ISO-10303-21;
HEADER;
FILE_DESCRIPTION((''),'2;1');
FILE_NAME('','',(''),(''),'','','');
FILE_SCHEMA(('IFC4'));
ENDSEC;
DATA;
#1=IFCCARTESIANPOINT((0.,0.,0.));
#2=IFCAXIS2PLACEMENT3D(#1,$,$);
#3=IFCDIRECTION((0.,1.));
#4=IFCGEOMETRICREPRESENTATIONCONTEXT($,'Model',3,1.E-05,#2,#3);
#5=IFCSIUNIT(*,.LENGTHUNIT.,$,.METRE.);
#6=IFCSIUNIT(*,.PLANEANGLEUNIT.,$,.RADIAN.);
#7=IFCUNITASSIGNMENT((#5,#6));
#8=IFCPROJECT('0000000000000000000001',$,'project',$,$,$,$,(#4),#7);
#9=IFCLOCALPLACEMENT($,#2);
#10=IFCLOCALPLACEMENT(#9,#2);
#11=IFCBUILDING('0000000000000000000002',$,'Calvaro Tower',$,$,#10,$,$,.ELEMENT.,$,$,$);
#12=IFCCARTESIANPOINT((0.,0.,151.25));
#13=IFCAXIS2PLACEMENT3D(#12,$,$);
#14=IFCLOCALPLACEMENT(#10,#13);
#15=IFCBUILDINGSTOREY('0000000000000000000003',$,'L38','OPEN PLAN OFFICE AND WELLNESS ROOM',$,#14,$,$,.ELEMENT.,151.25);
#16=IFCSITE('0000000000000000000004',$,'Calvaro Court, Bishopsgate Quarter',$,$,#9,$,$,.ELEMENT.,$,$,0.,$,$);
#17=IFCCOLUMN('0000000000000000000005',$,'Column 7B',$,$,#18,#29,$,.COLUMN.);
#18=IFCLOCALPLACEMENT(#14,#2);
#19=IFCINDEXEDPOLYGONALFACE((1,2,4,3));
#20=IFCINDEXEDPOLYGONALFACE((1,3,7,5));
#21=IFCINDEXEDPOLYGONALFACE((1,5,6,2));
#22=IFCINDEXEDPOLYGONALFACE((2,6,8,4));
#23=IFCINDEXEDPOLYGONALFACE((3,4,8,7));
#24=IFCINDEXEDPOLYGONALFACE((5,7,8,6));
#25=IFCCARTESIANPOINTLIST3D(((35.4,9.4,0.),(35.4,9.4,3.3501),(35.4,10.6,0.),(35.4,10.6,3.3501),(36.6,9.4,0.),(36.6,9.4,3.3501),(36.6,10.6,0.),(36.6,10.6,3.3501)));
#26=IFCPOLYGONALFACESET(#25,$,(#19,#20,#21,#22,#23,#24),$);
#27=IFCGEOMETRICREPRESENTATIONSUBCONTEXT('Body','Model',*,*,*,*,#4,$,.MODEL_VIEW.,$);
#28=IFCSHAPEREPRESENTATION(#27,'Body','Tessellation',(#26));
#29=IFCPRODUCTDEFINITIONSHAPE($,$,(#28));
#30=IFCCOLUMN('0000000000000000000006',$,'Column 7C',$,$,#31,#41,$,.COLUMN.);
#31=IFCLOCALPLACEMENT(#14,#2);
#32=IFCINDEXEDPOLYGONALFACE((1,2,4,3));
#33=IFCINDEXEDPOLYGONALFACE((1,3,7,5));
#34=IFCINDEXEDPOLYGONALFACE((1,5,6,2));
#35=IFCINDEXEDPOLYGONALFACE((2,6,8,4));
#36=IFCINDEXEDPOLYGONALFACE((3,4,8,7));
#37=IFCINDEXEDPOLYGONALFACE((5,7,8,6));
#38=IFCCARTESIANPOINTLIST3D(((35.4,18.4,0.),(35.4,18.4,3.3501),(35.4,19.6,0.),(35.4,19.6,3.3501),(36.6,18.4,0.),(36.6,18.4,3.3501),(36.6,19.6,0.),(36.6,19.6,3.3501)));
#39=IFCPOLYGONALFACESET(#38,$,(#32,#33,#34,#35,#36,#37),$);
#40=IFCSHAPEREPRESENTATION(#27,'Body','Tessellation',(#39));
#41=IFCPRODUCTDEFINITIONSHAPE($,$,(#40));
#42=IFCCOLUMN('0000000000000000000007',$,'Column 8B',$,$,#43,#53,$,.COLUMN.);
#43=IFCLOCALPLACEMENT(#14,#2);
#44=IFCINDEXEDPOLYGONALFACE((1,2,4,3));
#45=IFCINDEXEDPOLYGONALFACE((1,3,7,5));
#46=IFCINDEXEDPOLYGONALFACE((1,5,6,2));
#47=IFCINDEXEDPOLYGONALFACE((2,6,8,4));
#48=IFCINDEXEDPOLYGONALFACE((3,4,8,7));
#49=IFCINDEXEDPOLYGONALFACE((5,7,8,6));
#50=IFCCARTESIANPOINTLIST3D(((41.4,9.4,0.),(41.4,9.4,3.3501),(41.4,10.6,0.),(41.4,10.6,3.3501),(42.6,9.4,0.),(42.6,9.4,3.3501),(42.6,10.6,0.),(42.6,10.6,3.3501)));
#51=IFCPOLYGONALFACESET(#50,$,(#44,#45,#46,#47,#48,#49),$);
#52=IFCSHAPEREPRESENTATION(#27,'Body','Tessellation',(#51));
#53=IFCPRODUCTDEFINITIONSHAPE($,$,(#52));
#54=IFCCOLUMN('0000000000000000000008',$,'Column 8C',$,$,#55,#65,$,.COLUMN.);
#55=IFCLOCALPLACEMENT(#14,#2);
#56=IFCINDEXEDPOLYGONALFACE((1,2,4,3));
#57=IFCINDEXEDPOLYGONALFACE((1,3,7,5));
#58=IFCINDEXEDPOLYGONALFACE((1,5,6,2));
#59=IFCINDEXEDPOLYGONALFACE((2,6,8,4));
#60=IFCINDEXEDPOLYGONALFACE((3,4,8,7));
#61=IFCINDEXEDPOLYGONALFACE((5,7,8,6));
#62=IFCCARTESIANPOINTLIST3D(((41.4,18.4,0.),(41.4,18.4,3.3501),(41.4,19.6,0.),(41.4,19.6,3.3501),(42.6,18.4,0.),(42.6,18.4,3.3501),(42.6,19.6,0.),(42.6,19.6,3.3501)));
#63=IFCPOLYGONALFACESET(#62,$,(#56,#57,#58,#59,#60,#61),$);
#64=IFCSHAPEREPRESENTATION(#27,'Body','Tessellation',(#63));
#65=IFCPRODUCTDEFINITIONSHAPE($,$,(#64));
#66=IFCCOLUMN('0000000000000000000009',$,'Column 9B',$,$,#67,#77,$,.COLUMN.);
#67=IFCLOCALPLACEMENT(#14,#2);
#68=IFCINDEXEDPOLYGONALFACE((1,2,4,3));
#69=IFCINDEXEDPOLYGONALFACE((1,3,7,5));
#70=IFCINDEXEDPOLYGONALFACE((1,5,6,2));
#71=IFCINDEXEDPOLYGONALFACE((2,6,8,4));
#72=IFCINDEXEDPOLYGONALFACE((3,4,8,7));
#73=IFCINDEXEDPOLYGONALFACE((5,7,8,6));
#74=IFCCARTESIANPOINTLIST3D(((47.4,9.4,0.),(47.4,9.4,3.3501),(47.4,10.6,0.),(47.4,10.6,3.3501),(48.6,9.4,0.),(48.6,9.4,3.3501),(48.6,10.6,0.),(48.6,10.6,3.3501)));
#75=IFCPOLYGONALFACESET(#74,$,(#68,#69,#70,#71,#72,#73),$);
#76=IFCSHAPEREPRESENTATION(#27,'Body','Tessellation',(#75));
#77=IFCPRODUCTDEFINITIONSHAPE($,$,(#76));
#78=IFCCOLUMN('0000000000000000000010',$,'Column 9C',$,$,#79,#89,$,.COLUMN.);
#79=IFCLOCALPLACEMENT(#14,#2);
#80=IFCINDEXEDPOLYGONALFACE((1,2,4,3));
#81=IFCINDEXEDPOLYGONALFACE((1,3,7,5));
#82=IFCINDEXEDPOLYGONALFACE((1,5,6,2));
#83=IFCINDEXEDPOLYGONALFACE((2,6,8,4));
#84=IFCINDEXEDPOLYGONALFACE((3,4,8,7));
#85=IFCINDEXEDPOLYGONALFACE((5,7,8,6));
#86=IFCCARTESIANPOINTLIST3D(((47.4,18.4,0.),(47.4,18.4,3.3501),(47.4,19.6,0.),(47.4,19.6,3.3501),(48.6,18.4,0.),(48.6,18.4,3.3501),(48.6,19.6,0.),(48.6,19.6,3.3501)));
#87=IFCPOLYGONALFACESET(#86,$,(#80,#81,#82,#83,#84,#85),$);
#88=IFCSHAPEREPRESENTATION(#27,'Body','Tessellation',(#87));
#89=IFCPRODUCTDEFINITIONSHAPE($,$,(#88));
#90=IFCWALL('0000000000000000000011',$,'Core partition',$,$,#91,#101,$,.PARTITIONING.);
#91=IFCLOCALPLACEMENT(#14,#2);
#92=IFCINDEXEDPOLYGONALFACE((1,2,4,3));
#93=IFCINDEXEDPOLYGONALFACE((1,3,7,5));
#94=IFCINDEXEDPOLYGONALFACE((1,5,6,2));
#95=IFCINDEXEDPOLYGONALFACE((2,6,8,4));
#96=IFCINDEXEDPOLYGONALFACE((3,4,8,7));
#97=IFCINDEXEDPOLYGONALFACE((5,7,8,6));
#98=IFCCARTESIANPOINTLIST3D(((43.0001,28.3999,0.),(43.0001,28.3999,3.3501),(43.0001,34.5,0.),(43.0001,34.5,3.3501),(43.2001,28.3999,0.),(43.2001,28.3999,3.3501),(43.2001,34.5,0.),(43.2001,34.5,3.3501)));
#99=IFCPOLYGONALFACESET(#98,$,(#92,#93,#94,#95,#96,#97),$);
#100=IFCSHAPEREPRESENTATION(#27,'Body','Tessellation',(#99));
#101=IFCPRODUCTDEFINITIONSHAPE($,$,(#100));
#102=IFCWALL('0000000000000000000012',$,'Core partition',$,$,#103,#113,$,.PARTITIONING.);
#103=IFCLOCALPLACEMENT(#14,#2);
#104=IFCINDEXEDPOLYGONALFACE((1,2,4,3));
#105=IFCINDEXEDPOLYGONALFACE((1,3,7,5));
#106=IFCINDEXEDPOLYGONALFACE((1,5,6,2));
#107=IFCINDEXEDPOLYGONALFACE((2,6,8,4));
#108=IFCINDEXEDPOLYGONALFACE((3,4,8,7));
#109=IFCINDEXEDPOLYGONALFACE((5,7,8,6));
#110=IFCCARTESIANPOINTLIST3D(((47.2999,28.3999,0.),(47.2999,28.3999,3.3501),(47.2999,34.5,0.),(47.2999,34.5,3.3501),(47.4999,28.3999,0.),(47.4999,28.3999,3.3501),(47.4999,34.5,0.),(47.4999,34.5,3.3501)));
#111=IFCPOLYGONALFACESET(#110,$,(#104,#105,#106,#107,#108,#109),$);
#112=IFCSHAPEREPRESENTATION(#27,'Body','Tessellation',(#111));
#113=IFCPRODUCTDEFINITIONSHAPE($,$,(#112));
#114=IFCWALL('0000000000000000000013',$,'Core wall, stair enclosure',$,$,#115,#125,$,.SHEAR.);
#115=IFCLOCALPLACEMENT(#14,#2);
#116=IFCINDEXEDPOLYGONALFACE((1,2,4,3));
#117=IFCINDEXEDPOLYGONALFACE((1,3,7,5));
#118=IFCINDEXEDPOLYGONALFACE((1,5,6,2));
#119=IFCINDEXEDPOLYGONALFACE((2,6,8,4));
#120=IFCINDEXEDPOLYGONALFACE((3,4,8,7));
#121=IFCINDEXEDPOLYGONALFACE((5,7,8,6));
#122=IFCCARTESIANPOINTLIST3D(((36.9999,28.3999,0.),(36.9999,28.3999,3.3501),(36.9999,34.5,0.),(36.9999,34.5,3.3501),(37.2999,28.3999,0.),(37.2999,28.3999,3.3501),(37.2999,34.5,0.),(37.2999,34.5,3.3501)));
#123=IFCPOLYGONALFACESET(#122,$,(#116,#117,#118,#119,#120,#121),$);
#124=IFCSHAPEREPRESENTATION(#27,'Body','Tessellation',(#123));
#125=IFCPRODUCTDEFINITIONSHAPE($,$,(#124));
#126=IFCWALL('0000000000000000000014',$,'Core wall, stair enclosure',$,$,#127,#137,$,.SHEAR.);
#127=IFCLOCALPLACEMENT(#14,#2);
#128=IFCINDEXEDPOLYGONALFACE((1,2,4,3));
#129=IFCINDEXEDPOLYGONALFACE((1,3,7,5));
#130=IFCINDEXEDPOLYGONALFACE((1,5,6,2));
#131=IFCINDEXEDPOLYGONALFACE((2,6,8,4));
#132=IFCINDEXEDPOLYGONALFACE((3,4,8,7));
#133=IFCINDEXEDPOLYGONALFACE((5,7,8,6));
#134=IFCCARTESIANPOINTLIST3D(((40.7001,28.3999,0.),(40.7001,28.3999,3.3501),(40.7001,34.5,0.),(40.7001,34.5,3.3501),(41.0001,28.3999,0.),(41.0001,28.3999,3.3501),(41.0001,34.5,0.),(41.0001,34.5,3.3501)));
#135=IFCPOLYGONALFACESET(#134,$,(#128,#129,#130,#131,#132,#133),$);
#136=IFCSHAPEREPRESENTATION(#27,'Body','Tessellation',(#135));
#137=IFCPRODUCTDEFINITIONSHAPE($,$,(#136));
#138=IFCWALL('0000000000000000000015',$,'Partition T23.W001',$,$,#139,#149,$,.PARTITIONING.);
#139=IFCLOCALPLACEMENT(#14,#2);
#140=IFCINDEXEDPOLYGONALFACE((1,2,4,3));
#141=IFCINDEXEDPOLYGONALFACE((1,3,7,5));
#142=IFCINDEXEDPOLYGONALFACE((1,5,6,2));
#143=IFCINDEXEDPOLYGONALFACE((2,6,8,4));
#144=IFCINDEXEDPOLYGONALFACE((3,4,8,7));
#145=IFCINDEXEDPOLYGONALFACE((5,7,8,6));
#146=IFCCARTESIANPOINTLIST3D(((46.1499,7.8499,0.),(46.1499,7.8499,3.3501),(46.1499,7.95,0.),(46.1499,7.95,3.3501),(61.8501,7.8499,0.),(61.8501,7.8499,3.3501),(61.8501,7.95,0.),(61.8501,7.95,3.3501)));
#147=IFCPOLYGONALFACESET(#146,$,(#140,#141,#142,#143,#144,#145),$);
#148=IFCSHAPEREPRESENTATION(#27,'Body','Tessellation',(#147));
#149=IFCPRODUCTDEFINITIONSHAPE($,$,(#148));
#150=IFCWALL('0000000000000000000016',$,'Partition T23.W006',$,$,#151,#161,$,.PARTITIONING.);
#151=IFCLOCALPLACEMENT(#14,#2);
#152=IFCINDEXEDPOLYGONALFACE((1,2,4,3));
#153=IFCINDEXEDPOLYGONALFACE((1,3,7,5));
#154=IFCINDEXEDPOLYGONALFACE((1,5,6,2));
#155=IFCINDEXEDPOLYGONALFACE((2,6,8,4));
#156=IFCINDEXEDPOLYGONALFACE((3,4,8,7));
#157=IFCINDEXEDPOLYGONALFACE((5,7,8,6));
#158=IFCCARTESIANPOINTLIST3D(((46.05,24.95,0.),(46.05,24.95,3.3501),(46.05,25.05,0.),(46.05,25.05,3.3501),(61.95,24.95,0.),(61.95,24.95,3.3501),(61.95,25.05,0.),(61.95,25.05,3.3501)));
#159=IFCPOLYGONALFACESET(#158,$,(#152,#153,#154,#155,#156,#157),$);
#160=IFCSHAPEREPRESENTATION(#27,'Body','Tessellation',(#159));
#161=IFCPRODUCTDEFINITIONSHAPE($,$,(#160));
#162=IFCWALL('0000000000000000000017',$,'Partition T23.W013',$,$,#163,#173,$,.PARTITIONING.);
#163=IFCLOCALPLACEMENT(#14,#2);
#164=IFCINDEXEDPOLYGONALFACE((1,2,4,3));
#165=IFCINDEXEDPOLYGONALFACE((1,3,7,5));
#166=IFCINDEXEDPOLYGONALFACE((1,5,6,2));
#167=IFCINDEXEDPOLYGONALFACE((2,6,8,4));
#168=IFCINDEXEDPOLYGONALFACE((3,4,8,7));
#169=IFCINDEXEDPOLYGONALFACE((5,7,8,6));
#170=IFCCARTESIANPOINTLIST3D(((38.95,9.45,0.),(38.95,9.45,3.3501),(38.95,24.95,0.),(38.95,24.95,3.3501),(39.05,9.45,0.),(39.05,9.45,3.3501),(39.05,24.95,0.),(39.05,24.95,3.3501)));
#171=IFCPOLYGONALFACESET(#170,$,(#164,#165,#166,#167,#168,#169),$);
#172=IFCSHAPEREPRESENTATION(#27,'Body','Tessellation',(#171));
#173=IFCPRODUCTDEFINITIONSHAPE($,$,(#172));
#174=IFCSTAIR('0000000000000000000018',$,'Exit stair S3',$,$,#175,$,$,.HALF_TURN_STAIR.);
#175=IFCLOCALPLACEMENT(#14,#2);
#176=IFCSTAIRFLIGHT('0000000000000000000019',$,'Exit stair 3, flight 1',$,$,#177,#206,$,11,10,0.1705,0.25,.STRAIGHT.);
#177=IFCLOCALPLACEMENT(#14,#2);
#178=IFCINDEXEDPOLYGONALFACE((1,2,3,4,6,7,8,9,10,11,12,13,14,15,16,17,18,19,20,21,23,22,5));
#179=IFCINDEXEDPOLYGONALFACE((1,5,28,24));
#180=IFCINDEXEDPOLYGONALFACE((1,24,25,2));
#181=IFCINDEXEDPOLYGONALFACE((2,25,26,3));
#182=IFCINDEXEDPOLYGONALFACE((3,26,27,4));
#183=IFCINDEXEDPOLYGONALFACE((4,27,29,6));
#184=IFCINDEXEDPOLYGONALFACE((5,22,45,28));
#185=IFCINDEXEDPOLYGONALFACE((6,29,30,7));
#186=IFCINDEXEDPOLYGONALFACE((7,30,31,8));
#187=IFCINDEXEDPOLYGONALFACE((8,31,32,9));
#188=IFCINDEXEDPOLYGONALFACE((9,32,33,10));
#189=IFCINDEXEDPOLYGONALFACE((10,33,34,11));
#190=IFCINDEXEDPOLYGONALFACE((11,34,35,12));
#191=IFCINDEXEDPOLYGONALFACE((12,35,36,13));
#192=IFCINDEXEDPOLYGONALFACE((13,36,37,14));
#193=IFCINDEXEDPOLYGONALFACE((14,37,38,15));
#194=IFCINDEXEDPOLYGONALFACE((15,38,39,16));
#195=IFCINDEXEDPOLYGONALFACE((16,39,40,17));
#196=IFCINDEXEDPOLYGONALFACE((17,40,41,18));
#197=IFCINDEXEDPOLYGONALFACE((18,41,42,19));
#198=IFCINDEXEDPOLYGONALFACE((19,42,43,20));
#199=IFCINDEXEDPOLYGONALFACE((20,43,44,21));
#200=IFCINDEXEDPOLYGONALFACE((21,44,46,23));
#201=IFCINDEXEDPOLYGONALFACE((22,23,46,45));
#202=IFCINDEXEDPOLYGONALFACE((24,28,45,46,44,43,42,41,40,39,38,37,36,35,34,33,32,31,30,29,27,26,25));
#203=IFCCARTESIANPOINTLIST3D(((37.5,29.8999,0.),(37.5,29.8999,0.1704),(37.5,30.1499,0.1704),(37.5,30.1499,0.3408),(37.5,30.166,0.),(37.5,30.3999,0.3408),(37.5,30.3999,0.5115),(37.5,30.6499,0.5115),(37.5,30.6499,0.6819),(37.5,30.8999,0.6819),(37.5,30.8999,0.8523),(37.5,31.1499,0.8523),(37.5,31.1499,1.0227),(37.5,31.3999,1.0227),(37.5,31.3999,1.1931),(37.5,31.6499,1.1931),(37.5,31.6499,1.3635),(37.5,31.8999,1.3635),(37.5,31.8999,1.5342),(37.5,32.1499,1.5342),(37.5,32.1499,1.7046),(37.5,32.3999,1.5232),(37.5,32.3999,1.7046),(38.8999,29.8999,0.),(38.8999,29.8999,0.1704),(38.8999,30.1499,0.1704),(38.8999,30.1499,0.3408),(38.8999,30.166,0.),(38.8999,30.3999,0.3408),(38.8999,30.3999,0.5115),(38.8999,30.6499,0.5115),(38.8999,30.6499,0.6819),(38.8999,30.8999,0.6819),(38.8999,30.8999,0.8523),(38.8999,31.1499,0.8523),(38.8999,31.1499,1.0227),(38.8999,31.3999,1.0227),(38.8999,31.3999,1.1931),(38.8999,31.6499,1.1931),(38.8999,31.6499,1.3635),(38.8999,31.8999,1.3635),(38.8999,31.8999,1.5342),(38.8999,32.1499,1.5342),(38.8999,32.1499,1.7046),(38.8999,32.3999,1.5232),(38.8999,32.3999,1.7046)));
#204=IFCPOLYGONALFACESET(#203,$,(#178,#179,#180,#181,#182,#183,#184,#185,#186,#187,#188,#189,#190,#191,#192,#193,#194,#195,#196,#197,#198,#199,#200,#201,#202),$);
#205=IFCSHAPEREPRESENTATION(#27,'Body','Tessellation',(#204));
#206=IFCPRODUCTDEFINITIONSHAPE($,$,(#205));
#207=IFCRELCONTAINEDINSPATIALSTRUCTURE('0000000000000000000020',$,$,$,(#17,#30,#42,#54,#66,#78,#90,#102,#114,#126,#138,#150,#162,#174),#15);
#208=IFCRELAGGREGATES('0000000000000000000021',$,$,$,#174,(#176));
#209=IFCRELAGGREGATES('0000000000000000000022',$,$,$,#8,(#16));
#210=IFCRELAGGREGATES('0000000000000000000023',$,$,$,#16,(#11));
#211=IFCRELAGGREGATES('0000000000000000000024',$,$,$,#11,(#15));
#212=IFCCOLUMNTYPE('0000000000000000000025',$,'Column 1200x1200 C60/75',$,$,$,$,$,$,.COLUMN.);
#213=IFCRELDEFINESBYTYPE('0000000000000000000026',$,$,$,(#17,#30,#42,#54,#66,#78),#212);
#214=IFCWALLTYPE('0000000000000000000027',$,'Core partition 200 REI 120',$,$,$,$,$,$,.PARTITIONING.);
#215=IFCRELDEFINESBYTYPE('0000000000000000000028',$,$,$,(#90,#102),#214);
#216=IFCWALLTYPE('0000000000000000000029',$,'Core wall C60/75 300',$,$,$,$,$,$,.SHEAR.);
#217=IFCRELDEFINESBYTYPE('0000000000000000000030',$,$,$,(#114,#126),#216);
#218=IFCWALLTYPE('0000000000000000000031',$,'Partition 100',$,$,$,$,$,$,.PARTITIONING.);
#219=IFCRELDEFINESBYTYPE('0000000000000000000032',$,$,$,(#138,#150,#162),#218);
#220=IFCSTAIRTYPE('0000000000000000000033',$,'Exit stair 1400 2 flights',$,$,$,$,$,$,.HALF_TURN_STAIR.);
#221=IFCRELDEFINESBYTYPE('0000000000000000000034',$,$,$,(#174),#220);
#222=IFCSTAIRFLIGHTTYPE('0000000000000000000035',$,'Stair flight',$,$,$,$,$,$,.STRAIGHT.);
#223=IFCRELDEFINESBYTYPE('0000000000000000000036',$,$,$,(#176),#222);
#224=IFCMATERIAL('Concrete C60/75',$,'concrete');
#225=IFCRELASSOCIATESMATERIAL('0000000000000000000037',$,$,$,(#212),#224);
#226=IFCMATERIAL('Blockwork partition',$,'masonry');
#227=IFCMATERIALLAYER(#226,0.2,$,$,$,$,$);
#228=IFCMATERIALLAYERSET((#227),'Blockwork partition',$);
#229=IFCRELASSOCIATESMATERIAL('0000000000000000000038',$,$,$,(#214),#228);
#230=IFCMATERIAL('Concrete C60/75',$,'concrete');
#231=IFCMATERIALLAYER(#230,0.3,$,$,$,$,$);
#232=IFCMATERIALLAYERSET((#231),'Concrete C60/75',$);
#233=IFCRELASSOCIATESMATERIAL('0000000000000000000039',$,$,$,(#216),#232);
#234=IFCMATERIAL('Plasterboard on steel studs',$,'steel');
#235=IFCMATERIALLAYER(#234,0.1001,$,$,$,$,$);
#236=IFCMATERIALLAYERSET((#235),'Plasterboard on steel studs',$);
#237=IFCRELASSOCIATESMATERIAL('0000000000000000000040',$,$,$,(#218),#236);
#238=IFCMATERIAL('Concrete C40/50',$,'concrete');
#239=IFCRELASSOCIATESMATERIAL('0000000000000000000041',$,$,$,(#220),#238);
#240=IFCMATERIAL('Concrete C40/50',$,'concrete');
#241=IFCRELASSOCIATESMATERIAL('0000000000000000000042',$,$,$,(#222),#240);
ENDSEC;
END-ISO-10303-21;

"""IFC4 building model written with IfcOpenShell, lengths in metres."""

from ifc_helpers import new_model, si_unit, direction, frame, frame_2d, origin, origin_2d, place, context, subcontext, project, spatial, polyline, rectangle, outline, extrude, material, layer, layer_set, material_profile, profile_set, type_object, element, aggregate, save


model = new_model("IFC4")

# Units and contexts
model_context = context("Model", 3, precision=1e-05, world=origin(), true_north=direction((0.0, 1.0)))
body_context = subcontext(model_context, "Body", "Model", "MODEL_VIEW")
ifc_project = project(units=[si_unit("LENGTHUNIT", "METRE"), si_unit("PLANEANGLEUNIT", "RADIAN")], contexts=[model_context])

# Site, building, storey
site_placement = place(None, origin())
site = spatial("IfcSite", under=ifc_project, at=site_placement, Name="Calvaro Court, Bishopsgate Quarter", CompositionType="ELEMENT", RefElevation=0.0)
building_placement = place(site_placement, origin())
building = spatial("IfcBuilding", under=site, at=building_placement, Name="Calvaro Tower", CompositionType="ELEMENT")
storey_placement = place(building_placement, frame((0.0, 0.0, 151.25)))
storey = spatial("IfcBuildingStorey", under=building, at=storey_placement, Name="L38", Description="OPEN PLAN OFFICE AND WELLNESS ROOM", CompositionType="ELEMENT", Elevation=151.25)

# Columns
ifc_material_1 = material(Name="Concrete C60/75", Category="concrete")
ifc_material_profile = material_profile(ifc_material_1, rectangle(XDim=1.2, YDim=1.2, at=origin_2d()), Name="RC 1200x1200")
ifc_profile_set = profile_set([ifc_material_profile], Name="Concrete C60/75")
column_type = type_object("IfcColumnType", Name="Column 1200x1200 C60/75", PredefinedType="COLUMN", material=ifc_profile_set)
for number, where, z_axis, x_axis, name in (
    (1, (36.0, 10.0, 0.0), (0.0, 0.0, 1.0), (1.0, 0.0, 0.0), "Column 7B"),
    (2, (36.0, 19.0, 0.0), (0.0, 0.0, 1.0), (1.0, 0.0, 0.0), "Column 7C"),
    (3, (42.0, 10.0, 0.0), (0.0, 0.0, 1.0), (1.0, 0.0, 0.0), "Column 8B"),
    (4, (42.0, 19.0, 0.0), (0.0, 0.0, 1.0), (1.0, 0.0, 0.0), "Column 8C"),
    (5, (48.0, 10.0, 0.0), (0.0, 0.0, 1.0), (1.0, 0.0, 0.0), "Column 9B"),
    (6, (48.0, 19.0, 0.0), (0.0, 0.0, 1.0), (1.0, 0.0, 0.0), "Column 9C"),
):
    element("IfcColumn", number, at=place(storey_placement, frame(where, z_axis=z_axis, x_axis=x_axis)), inside=storey, type_object=column_type, Name=name, PredefinedType="COLUMN", context=body_context, shape_type="SweptSolid", body=[
        extrude(rectangle(XDim=1.2, YDim=1.2, at=origin_2d()), origin(), (0.0, 0.0, 1.0), 3.3501),
    ])

# Walls
ifc_material_2 = material(Name="Blockwork partition", Category="masonry")
ifc_layer_1 = layer(ifc_material_2, 0.2)
ifc_layer_set_1 = layer_set([ifc_layer_1], Name="Blockwork partition")
wall_type_1 = type_object("IfcWallType", Name="Core partition 200 REI 120", PredefinedType="PARTITIONING", material=ifc_layer_set_1)
for number, where, z_axis, x_axis, name in (
    (7, (43.1001, 28.3999, 0.0), (0.0, 0.0, 1.0), (0.0, 1.0, 0.0), "Core partition"),
    (8, (47.3999, 28.3999, 0.0), (0.0, 0.0, 1.0), (0.0, 1.0, 0.0), "Core partition"),
):
    element("IfcWall", number, at=place(storey_placement, frame(where, z_axis=z_axis, x_axis=x_axis)), inside=storey, type_object=wall_type_1, Name=name, PredefinedType="PARTITIONING", context=body_context, shape_type="SweptSolid", body=[
        extrude(rectangle(XDim=6.1001, YDim=0.2, at=frame_2d((3.05, 0.0))), origin(), (0.0, 0.0, 1.0), 3.3501),
    ])
ifc_material_3 = material(Name="Concrete C60/75", Category="concrete")
ifc_layer_2 = layer(ifc_material_3, 0.3)
ifc_layer_set_2 = layer_set([ifc_layer_2], Name="Concrete C60/75")
wall_type_2 = type_object("IfcWallType", Name="Core wall C60/75 300", PredefinedType="SHEAR", material=ifc_layer_set_2)
for number, where, z_axis, x_axis, name in (
    (9, (37.1499, 28.3999, 0.0), (0.0, 0.0, 1.0), (0.0, 1.0, 0.0), "Core wall, stair enclosure"),
    (10, (40.8501, 28.3999, 0.0), (0.0, 0.0, 1.0), (0.0, 1.0, 0.0), "Core wall, stair enclosure"),
):
    element("IfcWall", number, at=place(storey_placement, frame(where, z_axis=z_axis, x_axis=x_axis)), inside=storey, type_object=wall_type_2, Name=name, PredefinedType="SHEAR", context=body_context, shape_type="SweptSolid", body=[
        extrude(rectangle(XDim=6.1001, YDim=0.3, at=frame_2d((3.05, 0.0))), origin(), (0.0, 0.0, 1.0), 3.3501),
    ])
ifc_material_4 = material(Name="Plasterboard on steel studs", Category="steel")
ifc_layer_3 = layer(ifc_material_4, 0.1001)
ifc_layer_set_3 = layer_set([ifc_layer_3], Name="Plasterboard on steel studs")
wall_type_3 = type_object("IfcWallType", Name="Partition 100", PredefinedType="PARTITIONING", material=ifc_layer_set_3)
wall_1_placement = place(storey_placement, frame((46.1499, 7.8999, 0.0), z_axis=(0.0, 0.0, 1.0), x_axis=(1.0, 0.0, 0.0)))
element("IfcWall", 11, at=wall_1_placement, inside=storey, type_object=wall_type_3, Name="Partition T23.W001", PredefinedType="PARTITIONING", context=body_context, shape_type="SweptSolid", body=[
    extrude(rectangle(XDim=15.7002, YDim=0.1001, at=frame_2d((7.8501, 0.0))), origin(), (0.0, 0.0, 1.0), 3.3501),
])
wall_2_placement = place(storey_placement, frame((46.05, 25.0, 0.0), z_axis=(0.0, 0.0, 1.0), x_axis=(1.0, 0.0, 0.0)))
element("IfcWall", 12, at=wall_2_placement, inside=storey, type_object=wall_type_3, Name="Partition T23.W006", PredefinedType="PARTITIONING", context=body_context, shape_type="SweptSolid", body=[
    extrude(rectangle(XDim=15.8999, YDim=0.1001, at=frame_2d((7.95, 0.0))), origin(), (0.0, 0.0, 1.0), 3.3501),
])
wall_3_placement = place(storey_placement, frame((39.0, 9.45, 0.0), z_axis=(0.0, 0.0, 1.0), x_axis=(0.0, 1.0, 0.0)))
element("IfcWall", 13, at=wall_3_placement, inside=storey, type_object=wall_type_3, Name="Partition T23.W013", PredefinedType="PARTITIONING", context=body_context, shape_type="SweptSolid", body=[
    extrude(rectangle(XDim=15.5, YDim=0.1001, at=frame_2d((7.75, 0.0))), origin(), (0.0, 0.0, 1.0), 3.3501),
])

# Stair, stair flight
ifc_material_5 = material(Name="Concrete C40/50", Category="concrete")
stair_type = type_object("IfcStairType", Name="Exit stair 1400 2 flights", PredefinedType="HALF_TURN_STAIR", material=ifc_material_5)
stair_1_placement = place(storey_placement, origin())
stair_1 = element("IfcStair", 14, at=stair_1_placement, inside=storey, type_object=stair_type, Name="Exit stair S3", PredefinedType="HALF_TURN_STAIR")
ifc_material_6 = material(Name="Concrete C40/50", Category="concrete")
stair_flight_type = type_object("IfcStairFlightType", Name="Stair flight", PredefinedType="STRAIGHT", material=ifc_material_6)
stair_flight_1_placement = place(storey_placement, frame((38.2, 29.8999, 0.0), z_axis=(0.0, 0.0, 1.0), x_axis=(0.0, 1.0, 0.0)))
stair_flight_1 = element("IfcStairFlight", 15, at=stair_flight_1_placement, type_object=stair_flight_type, Name="Exit stair 3, flight 1", NumberOfRisers=11, NumberOfTreads=10, PredefinedType="STRAIGHT", RiserHeight=0.1705, TreadLength=0.25, context=body_context, shape_type="SweptSolid", body=[
    extrude(outline(polyline([(0.0, 0.0), (0.0, 0.1704), (0.25, 0.1704), (0.25, 0.3408), (0.5, 0.3408), (0.5, 0.5115), (0.75, 0.5115), (0.75, 0.6819), (1.0, 0.6819), (1.0, 0.8523), (1.25, 0.8523), (1.25, 1.0227), (1.5, 1.0227), (1.5, 1.1931), (1.75, 1.1931), (1.75, 1.3635), (2.0, 1.3635), (2.0, 1.5342), (2.25, 1.5342), (2.25, 1.7046), (2.5, 1.7046), (2.5, 1.875), (2.5, 1.5232), (0.2661, 0.0), (0.0, 0.0)])), frame((0.0, 0.7, 0.0), z_axis=(0.0, -1.0, 0.0), x_axis=(1.0, 0.0, 0.0)), (0.0, 0.0, 1.0), 1.3999),
])

aggregate(stair_1, [stair_flight_1])

save(model, "model.ifc")
